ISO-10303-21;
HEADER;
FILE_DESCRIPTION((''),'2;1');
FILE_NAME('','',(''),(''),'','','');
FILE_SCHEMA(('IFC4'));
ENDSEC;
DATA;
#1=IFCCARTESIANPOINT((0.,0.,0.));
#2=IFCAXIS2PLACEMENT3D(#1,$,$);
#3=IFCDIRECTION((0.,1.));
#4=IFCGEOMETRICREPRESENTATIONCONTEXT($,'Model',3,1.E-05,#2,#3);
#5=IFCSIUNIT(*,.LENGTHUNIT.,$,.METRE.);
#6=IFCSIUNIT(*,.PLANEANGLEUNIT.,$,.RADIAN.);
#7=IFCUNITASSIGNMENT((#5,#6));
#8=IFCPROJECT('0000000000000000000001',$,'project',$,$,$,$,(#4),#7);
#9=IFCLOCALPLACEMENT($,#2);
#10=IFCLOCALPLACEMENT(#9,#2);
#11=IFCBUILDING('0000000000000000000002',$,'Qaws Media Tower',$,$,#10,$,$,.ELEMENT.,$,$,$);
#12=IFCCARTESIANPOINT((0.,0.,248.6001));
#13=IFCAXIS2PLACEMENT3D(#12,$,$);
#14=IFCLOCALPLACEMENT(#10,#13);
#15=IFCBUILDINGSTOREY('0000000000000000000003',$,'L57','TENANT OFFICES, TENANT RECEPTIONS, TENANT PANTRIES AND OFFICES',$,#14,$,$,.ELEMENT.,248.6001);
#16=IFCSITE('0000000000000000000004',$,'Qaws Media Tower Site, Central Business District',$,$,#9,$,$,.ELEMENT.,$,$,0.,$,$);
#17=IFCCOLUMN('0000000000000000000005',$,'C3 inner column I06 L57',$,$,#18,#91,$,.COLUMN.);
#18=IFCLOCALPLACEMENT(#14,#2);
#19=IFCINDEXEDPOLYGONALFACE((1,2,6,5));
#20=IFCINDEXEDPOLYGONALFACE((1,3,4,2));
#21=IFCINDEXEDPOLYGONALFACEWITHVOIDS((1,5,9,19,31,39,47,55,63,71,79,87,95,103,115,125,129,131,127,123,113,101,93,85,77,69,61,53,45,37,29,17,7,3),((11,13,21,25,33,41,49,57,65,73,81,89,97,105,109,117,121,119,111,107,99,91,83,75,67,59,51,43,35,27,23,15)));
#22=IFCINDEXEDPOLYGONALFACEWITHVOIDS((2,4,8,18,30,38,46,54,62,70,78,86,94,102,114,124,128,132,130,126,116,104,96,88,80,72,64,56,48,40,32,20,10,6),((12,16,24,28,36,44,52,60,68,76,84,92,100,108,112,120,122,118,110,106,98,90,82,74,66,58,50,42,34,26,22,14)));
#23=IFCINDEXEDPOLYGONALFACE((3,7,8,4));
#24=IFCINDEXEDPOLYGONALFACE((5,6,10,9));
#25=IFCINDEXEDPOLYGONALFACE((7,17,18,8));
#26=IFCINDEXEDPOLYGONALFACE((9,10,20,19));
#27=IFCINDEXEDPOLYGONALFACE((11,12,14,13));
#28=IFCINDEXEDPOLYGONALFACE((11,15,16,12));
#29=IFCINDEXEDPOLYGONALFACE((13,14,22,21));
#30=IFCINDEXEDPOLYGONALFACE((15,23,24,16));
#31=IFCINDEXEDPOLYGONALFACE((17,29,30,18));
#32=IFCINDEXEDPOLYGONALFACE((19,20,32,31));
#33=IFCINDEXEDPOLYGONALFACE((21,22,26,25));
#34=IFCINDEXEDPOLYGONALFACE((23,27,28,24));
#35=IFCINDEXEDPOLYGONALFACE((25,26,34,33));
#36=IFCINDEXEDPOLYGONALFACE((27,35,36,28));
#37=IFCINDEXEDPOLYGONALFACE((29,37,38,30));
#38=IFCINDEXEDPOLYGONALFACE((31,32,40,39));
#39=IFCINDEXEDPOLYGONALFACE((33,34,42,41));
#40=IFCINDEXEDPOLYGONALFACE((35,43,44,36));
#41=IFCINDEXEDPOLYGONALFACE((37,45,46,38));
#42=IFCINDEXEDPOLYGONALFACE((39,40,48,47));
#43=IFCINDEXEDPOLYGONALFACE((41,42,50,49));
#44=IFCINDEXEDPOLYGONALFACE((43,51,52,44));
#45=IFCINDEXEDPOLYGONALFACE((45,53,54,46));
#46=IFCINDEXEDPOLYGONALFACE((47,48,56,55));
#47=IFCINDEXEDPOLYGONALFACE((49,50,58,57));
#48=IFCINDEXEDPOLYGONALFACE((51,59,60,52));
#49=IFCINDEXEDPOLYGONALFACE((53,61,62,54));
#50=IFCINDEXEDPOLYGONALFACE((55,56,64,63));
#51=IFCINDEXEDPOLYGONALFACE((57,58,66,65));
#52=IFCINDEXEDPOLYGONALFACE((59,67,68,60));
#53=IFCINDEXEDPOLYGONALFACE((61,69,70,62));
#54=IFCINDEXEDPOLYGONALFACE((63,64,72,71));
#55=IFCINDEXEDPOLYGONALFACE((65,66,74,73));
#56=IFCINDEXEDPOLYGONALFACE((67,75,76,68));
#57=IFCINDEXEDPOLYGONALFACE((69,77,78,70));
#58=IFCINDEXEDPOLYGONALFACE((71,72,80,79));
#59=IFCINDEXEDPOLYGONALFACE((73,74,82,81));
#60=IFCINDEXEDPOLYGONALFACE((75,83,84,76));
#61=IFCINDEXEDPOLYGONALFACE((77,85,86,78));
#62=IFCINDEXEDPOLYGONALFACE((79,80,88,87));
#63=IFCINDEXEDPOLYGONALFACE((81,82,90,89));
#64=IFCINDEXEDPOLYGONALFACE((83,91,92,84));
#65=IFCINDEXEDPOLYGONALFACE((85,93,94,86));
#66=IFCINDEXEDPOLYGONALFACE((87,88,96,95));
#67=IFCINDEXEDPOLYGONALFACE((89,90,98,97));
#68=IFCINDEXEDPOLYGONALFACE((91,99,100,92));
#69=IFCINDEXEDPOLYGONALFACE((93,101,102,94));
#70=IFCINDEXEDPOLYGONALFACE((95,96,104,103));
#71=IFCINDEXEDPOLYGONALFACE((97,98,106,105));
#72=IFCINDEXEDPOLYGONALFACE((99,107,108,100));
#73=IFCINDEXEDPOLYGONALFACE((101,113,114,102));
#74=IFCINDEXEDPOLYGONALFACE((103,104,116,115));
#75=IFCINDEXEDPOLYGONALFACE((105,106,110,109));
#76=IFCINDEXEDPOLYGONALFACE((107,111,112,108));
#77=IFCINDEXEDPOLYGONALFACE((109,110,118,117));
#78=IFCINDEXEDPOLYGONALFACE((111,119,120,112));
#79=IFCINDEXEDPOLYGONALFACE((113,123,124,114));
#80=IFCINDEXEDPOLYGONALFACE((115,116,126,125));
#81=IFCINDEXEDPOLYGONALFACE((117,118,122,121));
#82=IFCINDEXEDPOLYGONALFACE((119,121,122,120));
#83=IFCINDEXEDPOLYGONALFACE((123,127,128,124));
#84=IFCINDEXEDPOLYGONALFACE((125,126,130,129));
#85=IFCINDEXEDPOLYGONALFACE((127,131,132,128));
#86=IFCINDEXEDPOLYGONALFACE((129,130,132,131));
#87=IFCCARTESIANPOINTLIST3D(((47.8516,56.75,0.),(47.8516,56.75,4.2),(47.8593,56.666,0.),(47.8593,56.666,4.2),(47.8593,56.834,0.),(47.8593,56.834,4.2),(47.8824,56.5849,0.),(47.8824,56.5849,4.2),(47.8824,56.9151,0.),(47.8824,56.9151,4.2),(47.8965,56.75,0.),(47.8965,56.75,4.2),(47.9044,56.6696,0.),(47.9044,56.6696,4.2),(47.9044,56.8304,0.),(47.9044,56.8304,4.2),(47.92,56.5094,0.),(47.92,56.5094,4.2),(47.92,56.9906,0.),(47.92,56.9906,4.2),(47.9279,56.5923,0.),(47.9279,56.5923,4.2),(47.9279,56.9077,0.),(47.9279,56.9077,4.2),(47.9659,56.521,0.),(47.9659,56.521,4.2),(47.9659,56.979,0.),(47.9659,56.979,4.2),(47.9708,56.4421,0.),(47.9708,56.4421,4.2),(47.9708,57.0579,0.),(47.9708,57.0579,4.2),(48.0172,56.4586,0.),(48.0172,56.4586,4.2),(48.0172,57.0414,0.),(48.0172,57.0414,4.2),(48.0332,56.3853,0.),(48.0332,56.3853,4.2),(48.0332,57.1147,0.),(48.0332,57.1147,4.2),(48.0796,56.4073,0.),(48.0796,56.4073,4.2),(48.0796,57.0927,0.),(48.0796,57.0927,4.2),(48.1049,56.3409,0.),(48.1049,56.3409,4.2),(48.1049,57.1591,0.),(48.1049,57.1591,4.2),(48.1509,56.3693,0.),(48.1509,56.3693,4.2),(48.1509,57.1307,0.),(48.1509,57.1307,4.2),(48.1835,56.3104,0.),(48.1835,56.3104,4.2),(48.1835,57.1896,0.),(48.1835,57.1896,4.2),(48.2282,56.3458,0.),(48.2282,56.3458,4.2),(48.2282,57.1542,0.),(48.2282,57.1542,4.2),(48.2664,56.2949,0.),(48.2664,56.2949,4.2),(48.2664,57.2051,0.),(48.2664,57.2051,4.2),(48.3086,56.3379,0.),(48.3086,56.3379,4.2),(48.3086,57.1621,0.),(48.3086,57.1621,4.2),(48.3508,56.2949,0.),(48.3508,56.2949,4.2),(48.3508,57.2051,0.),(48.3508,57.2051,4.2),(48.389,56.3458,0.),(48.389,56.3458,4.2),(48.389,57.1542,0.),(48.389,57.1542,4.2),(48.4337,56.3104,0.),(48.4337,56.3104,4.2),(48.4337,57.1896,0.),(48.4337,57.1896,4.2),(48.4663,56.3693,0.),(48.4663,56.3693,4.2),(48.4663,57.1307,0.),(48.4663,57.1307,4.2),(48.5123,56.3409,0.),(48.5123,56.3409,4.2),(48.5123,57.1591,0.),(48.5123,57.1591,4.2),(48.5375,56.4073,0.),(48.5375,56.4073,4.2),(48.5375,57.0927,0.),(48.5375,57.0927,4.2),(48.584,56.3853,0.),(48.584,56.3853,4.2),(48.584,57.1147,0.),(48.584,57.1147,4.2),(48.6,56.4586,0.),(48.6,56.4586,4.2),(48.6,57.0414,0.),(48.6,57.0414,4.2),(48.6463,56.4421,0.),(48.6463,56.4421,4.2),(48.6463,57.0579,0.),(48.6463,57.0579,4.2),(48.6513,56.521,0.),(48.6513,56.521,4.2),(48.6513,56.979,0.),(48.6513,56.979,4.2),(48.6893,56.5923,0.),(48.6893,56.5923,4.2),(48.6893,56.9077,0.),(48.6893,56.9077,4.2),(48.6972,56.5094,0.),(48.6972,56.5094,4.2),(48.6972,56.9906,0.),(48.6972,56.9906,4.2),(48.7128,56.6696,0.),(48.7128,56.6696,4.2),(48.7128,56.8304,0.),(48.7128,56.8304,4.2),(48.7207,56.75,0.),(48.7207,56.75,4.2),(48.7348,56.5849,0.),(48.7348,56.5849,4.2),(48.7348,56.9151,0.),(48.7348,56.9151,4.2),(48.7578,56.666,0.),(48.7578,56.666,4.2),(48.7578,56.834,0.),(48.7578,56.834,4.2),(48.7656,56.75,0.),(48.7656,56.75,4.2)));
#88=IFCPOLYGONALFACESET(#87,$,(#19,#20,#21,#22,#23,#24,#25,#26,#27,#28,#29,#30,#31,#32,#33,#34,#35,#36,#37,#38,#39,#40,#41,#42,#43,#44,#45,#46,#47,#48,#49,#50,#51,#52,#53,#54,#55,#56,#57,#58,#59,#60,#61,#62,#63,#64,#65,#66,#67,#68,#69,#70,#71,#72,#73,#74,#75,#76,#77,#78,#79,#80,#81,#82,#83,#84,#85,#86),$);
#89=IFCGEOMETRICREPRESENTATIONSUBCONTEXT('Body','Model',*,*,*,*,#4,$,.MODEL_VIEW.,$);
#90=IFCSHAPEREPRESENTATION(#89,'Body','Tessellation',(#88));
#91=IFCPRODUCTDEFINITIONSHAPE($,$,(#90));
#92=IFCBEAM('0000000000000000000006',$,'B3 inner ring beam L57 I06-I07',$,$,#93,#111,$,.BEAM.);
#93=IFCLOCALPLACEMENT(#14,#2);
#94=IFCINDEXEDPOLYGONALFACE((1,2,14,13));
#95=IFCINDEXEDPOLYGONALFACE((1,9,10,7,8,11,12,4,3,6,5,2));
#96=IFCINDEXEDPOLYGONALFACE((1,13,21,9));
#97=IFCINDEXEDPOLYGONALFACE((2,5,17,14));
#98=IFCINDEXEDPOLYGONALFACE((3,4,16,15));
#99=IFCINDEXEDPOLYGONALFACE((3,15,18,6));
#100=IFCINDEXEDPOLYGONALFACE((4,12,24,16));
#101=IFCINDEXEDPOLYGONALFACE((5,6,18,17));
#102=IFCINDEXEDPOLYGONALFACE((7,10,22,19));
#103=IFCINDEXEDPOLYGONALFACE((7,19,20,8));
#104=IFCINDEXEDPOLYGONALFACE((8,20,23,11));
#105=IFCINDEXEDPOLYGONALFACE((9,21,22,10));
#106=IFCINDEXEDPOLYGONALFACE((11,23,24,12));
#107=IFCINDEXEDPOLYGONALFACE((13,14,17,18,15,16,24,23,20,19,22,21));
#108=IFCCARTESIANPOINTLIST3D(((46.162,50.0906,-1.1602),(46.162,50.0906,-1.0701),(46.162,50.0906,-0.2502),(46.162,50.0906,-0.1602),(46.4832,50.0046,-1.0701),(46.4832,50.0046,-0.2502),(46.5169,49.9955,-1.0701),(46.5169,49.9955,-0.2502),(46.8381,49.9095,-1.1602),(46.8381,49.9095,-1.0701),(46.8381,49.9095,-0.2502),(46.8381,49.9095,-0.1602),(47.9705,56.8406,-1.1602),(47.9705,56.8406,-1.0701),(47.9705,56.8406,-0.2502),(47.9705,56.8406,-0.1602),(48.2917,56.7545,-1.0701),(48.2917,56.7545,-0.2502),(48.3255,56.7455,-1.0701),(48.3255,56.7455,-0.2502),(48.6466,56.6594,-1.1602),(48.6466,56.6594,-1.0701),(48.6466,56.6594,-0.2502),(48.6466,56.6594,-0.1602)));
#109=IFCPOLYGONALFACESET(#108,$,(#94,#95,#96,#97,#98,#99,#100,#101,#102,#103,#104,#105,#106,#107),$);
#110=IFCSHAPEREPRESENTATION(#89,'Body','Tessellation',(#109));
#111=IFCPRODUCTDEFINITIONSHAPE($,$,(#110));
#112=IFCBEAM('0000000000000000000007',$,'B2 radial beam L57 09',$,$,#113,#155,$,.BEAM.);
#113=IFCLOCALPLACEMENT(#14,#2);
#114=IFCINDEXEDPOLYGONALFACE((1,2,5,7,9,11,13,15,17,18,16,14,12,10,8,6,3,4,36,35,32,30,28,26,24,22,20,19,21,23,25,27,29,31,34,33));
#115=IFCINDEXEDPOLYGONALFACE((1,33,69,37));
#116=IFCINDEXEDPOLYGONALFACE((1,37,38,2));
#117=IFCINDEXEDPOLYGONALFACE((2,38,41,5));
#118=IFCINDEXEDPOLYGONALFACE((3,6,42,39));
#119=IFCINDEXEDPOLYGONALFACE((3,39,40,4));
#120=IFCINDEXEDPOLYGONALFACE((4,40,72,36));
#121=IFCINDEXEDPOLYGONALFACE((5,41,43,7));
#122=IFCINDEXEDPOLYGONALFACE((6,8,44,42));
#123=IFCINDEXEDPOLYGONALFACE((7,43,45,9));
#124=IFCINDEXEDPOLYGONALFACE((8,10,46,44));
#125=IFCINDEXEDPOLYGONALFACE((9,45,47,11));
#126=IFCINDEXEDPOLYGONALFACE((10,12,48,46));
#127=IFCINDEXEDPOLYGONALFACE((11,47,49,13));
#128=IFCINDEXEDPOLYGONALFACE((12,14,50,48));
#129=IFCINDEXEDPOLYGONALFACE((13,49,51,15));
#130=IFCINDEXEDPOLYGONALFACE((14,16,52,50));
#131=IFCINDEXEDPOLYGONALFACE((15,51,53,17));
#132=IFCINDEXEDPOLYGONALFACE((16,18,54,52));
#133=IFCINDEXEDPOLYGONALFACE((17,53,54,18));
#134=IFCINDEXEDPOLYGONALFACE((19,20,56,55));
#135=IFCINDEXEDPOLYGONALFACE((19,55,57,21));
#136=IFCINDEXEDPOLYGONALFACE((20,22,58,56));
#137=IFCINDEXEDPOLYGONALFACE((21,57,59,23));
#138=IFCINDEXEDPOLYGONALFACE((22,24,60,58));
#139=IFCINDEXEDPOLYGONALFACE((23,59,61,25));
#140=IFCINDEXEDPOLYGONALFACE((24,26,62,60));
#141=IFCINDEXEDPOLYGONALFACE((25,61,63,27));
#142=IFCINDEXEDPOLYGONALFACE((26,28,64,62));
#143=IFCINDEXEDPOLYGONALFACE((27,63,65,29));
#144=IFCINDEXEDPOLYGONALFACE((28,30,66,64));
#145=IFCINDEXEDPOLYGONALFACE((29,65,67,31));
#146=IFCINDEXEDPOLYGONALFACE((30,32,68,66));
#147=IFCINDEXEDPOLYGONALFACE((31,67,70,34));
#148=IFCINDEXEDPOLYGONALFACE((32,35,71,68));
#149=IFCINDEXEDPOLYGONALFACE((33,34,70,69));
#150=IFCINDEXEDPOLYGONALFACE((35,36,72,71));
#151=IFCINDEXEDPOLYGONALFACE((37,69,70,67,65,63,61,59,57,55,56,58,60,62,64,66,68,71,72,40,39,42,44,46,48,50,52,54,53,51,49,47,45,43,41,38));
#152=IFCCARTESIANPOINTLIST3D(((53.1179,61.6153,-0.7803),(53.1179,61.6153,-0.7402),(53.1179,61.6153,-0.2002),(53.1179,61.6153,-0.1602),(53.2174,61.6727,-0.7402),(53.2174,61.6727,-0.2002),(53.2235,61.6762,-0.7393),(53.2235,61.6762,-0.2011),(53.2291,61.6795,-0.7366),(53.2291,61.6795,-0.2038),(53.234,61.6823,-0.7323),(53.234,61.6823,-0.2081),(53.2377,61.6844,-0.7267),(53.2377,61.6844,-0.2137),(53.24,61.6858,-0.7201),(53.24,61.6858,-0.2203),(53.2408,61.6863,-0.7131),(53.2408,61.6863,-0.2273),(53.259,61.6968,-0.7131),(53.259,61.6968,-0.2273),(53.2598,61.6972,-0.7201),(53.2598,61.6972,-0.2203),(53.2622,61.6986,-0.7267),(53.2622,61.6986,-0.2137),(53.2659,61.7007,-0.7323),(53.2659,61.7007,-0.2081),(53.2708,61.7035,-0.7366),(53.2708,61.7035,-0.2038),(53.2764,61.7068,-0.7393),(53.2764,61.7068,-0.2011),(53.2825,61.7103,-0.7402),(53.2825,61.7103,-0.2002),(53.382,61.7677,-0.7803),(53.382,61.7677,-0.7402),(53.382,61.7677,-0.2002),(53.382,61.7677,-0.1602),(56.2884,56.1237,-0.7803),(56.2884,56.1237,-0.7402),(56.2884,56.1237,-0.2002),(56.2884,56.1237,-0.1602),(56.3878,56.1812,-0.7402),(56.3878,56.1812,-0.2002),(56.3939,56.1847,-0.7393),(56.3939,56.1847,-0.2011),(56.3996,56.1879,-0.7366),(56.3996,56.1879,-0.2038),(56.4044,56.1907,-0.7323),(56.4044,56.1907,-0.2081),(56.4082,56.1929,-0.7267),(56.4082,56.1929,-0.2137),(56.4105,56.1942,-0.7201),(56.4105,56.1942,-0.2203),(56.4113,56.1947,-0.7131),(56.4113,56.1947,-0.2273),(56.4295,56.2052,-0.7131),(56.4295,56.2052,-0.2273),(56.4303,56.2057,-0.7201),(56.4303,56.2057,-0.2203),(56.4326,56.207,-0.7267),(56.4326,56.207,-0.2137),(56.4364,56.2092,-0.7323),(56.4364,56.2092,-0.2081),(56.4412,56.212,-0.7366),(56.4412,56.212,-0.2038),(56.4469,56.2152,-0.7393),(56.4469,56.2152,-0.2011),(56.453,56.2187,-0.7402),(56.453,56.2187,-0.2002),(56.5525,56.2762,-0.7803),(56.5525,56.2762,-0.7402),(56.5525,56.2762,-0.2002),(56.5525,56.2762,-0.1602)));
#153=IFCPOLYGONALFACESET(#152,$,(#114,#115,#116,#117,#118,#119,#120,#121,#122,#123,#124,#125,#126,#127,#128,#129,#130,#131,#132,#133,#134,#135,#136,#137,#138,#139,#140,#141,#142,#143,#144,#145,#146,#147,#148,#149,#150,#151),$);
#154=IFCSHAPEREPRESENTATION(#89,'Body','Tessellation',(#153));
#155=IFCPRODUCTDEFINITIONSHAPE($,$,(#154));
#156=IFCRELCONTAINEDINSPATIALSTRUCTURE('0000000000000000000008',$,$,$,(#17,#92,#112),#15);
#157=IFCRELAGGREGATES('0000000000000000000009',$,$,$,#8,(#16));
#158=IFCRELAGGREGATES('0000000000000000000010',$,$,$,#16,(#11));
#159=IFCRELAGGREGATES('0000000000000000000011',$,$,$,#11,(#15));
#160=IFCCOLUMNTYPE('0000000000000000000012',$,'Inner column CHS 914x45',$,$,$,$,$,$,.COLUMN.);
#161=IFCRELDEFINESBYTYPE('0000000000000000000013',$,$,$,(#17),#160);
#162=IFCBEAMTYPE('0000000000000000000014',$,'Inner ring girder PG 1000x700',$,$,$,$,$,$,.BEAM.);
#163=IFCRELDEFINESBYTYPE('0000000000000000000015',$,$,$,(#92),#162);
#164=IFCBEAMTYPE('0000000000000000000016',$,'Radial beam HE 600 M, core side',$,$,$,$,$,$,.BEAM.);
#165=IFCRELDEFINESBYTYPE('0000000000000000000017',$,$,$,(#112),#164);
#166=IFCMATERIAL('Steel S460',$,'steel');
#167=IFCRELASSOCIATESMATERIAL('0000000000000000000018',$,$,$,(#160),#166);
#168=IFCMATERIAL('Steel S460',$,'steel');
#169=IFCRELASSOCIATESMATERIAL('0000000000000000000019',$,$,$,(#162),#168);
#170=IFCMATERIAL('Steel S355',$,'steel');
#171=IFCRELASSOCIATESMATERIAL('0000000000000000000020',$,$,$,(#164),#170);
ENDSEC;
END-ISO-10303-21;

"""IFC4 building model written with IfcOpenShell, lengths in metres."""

from ifc_helpers import new_model, si_unit, direction, frame, origin, origin_2d, place, context, subcontext, project, spatial, hollow_circle, i_section, extrude, material, material_profile, profile_set, type_object, element, save


model = new_model("IFC4")

# Units and contexts
model_context = context("Model", 3, precision=1e-05, world=origin(), true_north=direction((0.0, 1.0)))
body_context = subcontext(model_context, "Body", "Model", "MODEL_VIEW")
ifc_project = project(units=[si_unit("LENGTHUNIT", "METRE"), si_unit("PLANEANGLEUNIT", "RADIAN")], contexts=[model_context])

# Site, building, storey
site_placement = place(None, origin())
site = spatial("IfcSite", under=ifc_project, at=site_placement, Name="Qaws Media Tower Site, Central Business District", CompositionType="ELEMENT", RefElevation=0.0)
building_placement = place(site_placement, origin())
building = spatial("IfcBuilding", under=site, at=building_placement, Name="Qaws Media Tower", CompositionType="ELEMENT")
storey_placement = place(building_placement, frame((0.0, 0.0, 248.6001)))
storey = spatial("IfcBuildingStorey", under=building, at=storey_placement, Name="L57", Description="TENANT OFFICES, TENANT RECEPTIONS, TENANT PANTRIES AND OFFICES", CompositionType="ELEMENT", Elevation=248.6001)

# Column
ifc_material_1 = material(Name="Steel S460", Category="steel")
ifc_material_profile_1 = material_profile(ifc_material_1, hollow_circle(Radius=0.457, WallThickness=0.0449, at=origin_2d()), Name="CHS 914x45")
ifc_profile_set_1 = profile_set([ifc_material_profile_1], Name="Steel S460")
column_type = type_object("IfcColumnType", Name="Inner column CHS 914x45", PredefinedType="COLUMN", material=ifc_profile_set_1)
column_placement = place(storey_placement, frame((48.3086, 56.75, 0.0), z_axis=(0.0, 0.0, 1.0), x_axis=(1.0, 0.0, 0.0)))
element("IfcColumn", 1, at=column_placement, inside=storey, type_object=column_type, Name="C3 inner column I06 L57", PredefinedType="COLUMN", context=body_context, shape_type="SweptSolid", body=[
    extrude(hollow_circle(Radius=0.457, WallThickness=0.0449, at=origin_2d()), origin(), (0.0, 0.0, 1.0), 4.2),
])

# Beams
ifc_material_2 = material(Name="Steel S460", Category="steel")
ifc_material_profile_2 = material_profile(ifc_material_2, i_section(OverallWidth=0.7, OverallDepth=1.0, WebThickness=0.0349, FlangeThickness=0.0901, at=origin_2d()), Name="PG 1000x700")
ifc_profile_set_2 = profile_set([ifc_material_profile_2], Name="Steel S460")
beam_type_1 = type_object("IfcBeamType", Name="Inner ring girder PG 1000x700", PredefinedType="BEAM", material=ifc_profile_set_2)
beam_1_placement = place(storey_placement, frame((48.3086, 56.75, -0.6602), z_axis=(-0.258811, -0.965928, 0.0), x_axis=(0.965928, -0.258811, 0.0)))
element("IfcBeam", 2, at=beam_1_placement, inside=storey, type_object=beam_type_1, Name="B3 inner ring beam L57 I06-I07", PredefinedType="BEAM", context=body_context, shape_type="SweptSolid", body=[
    extrude(i_section(OverallWidth=0.7, OverallDepth=1.0, WebThickness=0.0349, FlangeThickness=0.0901, at=origin_2d()), origin(), (0.0, 0.0, 1.0), 6.988),
])
ifc_material_3 = material(Name="Steel S355", Category="steel")
ifc_material_profile_3 = material_profile(ifc_material_3, i_section(OverallWidth=0.3049, OverallDepth=0.6201, WebThickness=0.021, FlangeThickness=0.04, FilletRadius=0.0271, at=origin_2d()), Name="HE 600 M")
ifc_profile_set_3 = profile_set([ifc_material_profile_3], Name="Steel S355")
beam_type_2 = type_object("IfcBeamType", Name="Radial beam HE 600 M, core side", PredefinedType="BEAM", material=ifc_profile_set_3)
beam_2_placement = place(storey_placement, frame((56.4204, 56.2, -0.4702), z_axis=(-0.49999, 0.866031, 0.0), x_axis=(-0.866031, -0.49999, 0.0)))
element("IfcBeam", 3, at=beam_2_placement, inside=storey, type_object=beam_type_2, Name="B2 radial beam L57 09", PredefinedType="BEAM", context=body_context, shape_type="SweptSolid", body=[
    extrude(i_section(OverallWidth=0.3049, OverallDepth=0.6201, WebThickness=0.021, FlangeThickness=0.04, FilletRadius=0.0271, at=origin_2d()), origin(), (0.0, 0.0, 1.0), 6.3411),
])

save(model, "model.ifc")
